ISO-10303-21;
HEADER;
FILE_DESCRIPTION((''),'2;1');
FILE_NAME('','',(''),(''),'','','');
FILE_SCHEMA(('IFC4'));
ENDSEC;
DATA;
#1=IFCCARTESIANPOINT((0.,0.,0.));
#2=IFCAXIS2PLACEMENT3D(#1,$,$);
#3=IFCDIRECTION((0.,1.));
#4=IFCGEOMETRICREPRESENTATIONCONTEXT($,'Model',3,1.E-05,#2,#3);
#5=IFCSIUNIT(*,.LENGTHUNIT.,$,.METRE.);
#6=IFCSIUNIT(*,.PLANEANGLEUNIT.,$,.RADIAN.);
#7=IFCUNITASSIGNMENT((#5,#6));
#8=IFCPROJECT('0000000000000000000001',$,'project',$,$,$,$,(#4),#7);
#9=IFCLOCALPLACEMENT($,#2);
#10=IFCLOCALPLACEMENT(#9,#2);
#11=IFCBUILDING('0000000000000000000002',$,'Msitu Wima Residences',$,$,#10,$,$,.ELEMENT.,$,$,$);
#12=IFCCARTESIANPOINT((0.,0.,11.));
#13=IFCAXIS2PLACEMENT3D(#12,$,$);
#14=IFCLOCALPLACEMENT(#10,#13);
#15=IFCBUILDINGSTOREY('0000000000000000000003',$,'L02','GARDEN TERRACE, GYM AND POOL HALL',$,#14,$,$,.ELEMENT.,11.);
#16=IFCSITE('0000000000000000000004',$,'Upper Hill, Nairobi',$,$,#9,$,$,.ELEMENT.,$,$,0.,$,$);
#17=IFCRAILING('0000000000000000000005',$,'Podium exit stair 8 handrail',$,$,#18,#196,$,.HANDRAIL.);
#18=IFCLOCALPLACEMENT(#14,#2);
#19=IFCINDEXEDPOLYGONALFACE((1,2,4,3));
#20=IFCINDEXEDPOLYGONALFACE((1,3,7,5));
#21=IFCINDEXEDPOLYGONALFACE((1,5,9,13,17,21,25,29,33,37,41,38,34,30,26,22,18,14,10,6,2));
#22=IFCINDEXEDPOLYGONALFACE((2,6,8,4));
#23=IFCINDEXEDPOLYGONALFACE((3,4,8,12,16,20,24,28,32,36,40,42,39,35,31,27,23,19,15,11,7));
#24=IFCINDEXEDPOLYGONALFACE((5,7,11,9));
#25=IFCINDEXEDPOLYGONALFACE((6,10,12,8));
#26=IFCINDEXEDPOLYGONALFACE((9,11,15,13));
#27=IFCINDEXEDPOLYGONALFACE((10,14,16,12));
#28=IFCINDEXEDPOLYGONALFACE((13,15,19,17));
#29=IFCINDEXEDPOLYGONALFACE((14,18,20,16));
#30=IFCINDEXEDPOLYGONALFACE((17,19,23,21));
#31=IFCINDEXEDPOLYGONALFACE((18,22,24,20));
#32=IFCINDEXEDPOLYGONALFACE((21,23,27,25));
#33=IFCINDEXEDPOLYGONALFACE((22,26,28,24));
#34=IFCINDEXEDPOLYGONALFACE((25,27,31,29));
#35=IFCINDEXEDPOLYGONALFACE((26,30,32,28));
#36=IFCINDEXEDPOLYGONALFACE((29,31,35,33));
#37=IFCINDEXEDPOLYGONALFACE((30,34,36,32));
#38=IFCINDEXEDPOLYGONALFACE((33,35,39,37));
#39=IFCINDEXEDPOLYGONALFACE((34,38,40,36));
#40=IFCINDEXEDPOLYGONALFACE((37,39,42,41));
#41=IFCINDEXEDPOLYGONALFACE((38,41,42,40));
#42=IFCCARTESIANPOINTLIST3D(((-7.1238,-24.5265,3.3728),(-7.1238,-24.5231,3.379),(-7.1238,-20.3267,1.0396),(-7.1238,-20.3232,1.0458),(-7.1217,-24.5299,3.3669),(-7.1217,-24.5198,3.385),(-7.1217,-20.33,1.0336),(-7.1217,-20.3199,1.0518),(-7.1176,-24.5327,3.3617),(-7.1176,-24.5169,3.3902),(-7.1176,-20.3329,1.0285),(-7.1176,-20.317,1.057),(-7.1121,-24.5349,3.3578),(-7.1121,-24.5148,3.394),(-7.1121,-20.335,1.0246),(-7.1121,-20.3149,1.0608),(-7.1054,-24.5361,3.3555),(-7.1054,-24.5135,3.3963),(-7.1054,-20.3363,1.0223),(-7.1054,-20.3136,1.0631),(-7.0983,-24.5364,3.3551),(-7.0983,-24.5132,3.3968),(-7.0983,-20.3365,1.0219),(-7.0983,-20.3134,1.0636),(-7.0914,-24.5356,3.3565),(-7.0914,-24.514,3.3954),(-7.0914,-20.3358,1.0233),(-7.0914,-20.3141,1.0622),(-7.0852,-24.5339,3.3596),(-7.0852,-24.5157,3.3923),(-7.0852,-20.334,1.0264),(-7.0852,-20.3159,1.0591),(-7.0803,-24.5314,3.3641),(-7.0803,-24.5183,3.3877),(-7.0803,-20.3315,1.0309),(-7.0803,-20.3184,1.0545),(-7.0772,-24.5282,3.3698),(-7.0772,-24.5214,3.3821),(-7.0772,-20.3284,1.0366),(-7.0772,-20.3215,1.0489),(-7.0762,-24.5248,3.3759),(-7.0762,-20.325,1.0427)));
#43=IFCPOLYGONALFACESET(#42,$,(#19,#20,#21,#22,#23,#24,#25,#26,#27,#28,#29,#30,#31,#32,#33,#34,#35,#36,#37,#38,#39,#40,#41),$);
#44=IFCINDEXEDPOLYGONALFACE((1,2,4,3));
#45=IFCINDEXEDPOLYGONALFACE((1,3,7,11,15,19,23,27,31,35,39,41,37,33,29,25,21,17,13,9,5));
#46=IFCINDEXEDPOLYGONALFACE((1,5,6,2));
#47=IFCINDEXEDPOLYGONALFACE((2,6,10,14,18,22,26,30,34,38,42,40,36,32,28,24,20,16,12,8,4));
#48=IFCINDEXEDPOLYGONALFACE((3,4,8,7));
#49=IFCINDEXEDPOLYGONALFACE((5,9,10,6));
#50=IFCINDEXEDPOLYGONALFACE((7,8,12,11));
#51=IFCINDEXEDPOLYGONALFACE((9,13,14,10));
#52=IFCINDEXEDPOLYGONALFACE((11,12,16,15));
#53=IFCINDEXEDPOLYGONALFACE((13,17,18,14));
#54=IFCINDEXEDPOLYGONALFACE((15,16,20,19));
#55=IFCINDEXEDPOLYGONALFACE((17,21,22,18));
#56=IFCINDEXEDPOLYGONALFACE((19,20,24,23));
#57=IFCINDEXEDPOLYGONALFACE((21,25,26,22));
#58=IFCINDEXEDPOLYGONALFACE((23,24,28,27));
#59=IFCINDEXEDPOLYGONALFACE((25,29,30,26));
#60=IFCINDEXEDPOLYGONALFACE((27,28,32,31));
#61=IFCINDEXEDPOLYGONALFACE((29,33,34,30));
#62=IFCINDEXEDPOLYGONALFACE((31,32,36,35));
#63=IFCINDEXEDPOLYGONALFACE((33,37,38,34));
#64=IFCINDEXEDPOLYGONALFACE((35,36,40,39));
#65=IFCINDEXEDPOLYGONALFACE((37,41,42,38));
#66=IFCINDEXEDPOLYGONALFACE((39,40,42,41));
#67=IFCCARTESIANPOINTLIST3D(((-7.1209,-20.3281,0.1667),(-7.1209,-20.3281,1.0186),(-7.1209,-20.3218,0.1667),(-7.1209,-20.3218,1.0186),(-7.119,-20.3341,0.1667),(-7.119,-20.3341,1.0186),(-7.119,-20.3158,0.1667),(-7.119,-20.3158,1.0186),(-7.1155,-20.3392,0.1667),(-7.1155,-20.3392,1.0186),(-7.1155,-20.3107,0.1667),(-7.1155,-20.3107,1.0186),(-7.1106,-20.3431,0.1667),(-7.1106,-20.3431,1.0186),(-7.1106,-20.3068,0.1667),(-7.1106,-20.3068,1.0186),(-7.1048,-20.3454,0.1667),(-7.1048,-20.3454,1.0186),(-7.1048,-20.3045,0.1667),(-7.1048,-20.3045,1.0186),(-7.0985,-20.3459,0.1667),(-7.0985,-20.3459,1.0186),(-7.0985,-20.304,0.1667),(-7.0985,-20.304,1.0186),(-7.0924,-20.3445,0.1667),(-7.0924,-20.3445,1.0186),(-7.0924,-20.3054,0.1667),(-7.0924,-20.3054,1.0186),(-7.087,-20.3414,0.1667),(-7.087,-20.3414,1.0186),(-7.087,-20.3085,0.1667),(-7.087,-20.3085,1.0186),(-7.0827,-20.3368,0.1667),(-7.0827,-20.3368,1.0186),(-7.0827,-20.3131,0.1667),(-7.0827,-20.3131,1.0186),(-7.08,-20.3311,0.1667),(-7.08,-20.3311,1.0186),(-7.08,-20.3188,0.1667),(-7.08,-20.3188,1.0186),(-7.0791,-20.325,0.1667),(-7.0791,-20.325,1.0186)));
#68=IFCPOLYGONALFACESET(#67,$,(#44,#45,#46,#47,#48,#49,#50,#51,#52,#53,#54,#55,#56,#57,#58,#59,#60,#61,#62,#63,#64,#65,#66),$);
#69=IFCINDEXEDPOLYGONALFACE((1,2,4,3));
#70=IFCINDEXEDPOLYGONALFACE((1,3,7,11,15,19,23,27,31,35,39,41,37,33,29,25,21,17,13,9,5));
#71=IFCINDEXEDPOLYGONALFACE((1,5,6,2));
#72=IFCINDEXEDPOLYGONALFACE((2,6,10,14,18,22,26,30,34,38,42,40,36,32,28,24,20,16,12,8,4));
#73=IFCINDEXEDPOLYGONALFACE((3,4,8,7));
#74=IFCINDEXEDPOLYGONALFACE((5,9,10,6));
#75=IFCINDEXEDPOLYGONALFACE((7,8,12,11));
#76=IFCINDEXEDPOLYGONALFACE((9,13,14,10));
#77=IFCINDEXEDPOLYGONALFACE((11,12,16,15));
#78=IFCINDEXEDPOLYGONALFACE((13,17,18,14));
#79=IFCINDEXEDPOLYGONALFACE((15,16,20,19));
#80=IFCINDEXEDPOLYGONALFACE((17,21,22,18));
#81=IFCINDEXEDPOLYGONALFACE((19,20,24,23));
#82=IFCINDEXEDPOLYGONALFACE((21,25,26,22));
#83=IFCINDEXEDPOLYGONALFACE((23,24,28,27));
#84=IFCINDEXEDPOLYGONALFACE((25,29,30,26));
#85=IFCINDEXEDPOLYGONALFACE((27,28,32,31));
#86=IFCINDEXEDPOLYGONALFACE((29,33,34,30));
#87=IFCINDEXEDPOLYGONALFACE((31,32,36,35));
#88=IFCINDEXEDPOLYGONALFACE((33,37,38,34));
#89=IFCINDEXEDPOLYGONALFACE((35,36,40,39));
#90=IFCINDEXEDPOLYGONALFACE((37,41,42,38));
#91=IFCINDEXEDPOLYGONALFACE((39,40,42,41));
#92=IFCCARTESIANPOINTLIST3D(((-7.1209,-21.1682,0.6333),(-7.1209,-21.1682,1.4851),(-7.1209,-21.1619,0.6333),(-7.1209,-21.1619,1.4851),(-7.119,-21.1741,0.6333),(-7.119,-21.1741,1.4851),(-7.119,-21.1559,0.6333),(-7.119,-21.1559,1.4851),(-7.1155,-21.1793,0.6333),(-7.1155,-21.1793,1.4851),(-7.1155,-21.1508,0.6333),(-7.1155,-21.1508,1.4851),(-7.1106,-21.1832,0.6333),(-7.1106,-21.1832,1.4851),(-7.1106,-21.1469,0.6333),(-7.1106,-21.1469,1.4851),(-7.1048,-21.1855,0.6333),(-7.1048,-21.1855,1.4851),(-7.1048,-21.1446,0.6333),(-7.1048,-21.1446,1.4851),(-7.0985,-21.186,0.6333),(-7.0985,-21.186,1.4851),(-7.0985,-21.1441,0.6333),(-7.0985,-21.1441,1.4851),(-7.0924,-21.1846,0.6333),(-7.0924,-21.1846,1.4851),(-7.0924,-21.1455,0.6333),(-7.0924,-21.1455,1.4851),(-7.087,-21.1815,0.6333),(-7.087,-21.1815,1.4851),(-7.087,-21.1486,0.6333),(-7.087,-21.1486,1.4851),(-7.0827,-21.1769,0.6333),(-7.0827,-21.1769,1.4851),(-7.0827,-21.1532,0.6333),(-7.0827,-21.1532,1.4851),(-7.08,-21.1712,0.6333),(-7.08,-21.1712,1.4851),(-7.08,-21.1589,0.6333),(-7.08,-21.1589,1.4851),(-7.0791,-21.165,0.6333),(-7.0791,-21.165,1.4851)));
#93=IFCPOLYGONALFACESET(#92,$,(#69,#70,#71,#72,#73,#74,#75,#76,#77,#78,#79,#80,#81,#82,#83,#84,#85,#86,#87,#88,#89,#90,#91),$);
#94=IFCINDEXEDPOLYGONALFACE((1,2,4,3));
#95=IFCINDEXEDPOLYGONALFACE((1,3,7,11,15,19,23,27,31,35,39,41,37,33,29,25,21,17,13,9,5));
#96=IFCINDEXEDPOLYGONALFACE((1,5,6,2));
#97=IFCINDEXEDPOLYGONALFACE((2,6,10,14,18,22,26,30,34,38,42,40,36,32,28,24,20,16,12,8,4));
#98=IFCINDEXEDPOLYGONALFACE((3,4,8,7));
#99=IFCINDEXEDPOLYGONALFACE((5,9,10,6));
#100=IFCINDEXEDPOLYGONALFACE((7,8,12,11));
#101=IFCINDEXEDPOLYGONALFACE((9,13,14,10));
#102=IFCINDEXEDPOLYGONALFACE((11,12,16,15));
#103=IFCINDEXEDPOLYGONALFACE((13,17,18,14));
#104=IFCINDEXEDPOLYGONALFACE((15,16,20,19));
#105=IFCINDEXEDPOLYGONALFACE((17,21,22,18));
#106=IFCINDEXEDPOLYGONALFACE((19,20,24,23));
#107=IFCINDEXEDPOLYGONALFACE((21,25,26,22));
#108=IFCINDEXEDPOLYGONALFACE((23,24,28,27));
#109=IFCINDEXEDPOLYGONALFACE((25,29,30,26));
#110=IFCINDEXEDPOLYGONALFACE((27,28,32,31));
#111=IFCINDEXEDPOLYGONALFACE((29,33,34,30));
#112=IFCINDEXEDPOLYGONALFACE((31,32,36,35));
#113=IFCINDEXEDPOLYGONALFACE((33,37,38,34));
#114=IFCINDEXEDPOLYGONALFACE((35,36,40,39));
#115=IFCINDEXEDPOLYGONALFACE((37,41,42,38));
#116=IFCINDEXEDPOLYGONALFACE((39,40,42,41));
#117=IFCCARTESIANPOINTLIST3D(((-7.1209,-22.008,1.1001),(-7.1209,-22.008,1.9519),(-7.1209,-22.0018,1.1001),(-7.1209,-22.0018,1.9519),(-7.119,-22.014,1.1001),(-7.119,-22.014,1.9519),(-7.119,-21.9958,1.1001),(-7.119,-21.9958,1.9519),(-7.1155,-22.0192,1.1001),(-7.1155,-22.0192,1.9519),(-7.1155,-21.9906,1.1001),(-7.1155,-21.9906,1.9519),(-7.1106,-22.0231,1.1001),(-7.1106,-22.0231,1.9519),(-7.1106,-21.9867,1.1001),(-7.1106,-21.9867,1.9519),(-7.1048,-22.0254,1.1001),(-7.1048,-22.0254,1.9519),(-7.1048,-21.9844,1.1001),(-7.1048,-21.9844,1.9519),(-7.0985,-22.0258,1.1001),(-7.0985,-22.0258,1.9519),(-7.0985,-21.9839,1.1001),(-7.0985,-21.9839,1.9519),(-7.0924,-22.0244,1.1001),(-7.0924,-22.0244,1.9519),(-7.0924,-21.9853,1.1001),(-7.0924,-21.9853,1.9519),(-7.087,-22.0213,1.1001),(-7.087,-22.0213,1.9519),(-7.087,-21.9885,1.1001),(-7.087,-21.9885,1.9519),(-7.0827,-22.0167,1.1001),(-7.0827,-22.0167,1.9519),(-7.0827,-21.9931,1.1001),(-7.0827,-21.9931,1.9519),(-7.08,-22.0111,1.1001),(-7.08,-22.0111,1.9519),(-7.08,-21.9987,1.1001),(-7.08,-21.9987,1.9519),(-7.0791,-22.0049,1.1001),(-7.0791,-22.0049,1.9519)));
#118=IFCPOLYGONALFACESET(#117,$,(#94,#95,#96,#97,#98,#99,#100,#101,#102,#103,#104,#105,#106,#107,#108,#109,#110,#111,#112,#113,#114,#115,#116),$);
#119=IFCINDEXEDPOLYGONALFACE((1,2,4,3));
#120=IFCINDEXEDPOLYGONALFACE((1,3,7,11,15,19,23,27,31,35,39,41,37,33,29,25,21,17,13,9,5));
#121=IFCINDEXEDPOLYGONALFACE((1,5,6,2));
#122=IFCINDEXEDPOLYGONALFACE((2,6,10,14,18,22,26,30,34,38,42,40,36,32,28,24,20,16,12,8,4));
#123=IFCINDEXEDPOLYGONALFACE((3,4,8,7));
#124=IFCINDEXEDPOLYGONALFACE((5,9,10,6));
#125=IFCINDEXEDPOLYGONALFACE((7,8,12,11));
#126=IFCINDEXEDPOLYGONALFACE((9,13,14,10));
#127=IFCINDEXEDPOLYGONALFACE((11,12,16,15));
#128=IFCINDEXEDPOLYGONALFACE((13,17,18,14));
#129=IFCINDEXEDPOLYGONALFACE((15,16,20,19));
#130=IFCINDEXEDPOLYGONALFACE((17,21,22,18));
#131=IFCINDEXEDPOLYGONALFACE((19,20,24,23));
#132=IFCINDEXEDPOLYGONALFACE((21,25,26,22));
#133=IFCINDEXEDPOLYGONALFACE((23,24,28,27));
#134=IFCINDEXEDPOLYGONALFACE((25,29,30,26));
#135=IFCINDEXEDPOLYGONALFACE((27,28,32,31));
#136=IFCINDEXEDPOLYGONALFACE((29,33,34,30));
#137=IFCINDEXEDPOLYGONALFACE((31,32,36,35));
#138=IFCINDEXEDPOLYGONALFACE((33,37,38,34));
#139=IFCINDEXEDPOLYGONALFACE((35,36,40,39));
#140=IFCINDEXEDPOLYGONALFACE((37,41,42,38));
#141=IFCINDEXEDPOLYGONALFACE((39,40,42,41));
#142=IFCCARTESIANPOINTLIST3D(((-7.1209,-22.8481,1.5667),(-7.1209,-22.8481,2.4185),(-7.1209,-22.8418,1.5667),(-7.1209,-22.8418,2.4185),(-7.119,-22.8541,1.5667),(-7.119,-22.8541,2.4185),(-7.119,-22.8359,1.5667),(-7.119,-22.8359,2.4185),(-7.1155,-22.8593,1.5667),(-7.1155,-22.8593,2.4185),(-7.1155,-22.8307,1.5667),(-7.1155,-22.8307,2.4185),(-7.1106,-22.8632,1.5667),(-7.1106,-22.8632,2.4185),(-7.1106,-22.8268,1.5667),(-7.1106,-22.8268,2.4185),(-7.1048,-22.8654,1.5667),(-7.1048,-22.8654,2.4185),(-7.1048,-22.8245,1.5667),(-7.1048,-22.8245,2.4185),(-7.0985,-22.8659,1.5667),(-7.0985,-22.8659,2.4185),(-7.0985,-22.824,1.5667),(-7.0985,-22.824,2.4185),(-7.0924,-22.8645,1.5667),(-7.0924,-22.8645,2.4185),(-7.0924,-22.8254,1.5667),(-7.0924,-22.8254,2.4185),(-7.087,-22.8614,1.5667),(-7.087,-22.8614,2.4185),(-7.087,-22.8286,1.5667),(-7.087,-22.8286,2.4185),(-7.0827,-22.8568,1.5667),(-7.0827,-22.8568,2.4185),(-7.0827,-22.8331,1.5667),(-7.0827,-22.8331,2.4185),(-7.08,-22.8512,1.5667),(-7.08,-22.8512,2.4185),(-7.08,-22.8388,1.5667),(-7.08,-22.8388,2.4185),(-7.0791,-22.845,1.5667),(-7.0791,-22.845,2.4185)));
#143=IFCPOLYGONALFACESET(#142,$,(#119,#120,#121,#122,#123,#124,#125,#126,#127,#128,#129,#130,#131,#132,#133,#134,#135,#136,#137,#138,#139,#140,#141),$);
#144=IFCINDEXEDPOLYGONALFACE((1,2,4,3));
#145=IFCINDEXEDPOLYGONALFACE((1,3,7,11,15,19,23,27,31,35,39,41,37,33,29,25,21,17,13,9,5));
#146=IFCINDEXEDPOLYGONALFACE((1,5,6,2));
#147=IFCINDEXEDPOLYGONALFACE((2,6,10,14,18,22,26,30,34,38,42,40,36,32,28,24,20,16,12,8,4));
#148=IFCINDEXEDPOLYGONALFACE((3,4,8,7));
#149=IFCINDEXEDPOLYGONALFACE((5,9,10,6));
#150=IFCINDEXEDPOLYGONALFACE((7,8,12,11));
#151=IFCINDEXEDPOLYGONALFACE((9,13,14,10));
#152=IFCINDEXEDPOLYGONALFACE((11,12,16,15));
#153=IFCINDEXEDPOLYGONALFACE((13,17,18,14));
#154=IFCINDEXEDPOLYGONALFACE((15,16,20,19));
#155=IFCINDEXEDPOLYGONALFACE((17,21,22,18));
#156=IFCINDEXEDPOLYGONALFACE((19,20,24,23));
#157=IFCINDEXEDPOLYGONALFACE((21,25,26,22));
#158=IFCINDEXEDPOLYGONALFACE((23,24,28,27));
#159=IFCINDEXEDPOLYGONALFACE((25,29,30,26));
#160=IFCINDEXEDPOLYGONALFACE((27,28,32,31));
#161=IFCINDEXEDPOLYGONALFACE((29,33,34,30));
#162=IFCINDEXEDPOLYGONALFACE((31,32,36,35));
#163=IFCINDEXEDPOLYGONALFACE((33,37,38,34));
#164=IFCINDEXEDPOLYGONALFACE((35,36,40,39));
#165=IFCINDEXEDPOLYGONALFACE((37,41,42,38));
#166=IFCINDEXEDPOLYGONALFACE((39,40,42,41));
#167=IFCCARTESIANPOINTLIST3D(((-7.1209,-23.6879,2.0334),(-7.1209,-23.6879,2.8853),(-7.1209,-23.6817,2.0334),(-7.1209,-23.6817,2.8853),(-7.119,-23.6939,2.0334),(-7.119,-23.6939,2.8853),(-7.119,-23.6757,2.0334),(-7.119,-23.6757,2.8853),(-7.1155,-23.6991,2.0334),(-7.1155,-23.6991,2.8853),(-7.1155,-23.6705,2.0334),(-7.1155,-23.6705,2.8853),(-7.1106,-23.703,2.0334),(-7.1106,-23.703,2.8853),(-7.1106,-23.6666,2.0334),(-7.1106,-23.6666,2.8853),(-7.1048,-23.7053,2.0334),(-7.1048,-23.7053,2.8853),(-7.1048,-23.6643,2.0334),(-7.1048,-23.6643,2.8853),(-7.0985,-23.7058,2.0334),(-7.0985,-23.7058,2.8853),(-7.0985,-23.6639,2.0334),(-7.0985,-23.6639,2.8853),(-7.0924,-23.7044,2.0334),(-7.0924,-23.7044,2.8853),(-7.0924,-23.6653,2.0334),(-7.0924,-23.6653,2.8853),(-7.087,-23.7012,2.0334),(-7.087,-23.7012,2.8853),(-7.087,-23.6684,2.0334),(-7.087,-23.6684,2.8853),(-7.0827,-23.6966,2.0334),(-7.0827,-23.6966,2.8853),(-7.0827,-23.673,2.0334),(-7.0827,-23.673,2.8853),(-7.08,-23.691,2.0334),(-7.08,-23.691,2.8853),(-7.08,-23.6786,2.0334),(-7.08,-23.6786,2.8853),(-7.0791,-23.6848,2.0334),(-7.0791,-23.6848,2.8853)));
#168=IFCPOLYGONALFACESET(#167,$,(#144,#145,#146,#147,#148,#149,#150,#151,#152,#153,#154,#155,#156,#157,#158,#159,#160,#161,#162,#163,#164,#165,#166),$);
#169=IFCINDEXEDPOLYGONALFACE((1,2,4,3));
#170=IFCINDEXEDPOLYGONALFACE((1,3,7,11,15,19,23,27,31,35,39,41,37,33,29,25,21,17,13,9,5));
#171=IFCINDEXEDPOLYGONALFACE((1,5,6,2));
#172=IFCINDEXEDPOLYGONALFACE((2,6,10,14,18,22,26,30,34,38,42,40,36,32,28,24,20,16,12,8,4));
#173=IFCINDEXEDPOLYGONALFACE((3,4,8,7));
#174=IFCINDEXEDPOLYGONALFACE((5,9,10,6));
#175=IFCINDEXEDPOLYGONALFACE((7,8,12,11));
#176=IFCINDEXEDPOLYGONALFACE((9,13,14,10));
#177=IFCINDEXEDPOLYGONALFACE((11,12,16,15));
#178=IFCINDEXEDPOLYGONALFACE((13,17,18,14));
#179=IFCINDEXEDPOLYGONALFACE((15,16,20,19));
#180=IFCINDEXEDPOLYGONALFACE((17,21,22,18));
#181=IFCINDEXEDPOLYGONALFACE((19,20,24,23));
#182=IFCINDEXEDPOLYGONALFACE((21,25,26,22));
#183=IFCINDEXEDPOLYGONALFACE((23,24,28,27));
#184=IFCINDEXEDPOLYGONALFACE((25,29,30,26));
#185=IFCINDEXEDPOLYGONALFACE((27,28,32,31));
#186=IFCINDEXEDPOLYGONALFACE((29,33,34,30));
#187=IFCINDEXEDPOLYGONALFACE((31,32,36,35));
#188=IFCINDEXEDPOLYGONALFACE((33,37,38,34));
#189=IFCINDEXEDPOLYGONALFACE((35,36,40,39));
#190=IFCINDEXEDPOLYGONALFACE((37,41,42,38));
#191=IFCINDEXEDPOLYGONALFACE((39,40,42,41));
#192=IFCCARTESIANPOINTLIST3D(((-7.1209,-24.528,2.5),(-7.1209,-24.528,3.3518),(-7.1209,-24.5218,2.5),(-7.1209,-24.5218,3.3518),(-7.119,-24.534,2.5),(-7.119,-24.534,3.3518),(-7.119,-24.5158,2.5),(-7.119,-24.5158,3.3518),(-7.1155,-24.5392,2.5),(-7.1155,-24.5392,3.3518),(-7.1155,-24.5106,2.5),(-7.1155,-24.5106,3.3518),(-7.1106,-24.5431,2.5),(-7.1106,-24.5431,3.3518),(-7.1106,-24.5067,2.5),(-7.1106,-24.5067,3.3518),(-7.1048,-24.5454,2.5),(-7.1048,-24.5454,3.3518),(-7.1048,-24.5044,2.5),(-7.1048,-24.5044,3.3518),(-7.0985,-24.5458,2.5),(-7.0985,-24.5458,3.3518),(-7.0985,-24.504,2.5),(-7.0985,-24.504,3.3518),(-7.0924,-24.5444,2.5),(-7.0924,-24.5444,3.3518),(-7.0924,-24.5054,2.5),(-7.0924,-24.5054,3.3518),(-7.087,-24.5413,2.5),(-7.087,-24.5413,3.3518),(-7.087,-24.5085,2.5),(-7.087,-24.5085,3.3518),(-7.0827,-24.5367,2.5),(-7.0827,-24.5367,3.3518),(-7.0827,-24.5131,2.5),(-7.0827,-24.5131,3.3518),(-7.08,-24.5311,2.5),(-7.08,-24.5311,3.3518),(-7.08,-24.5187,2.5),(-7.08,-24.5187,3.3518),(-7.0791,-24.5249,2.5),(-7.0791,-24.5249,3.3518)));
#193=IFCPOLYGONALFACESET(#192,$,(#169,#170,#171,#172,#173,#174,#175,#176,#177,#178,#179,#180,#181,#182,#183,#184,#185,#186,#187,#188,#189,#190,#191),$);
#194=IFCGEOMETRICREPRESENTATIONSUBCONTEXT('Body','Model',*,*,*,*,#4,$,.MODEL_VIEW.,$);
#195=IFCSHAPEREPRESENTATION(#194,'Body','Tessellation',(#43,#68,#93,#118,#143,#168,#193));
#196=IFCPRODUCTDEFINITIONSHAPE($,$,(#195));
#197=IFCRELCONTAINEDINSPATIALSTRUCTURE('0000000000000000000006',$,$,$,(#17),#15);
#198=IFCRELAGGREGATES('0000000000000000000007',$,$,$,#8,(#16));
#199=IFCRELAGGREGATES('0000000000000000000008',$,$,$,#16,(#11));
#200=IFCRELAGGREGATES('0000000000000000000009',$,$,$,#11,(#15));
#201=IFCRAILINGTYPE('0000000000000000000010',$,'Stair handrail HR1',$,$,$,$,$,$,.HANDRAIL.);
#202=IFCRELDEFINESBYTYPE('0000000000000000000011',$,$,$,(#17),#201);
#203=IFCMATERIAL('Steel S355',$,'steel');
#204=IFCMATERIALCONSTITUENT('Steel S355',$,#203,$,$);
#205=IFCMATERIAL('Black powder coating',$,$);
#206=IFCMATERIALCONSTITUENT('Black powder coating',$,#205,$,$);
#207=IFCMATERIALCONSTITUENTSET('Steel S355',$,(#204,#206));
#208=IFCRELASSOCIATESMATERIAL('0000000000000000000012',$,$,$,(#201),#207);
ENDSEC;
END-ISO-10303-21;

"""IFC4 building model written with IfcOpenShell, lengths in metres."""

from ifc_helpers import new_model, si_unit, direction, frame, origin, origin_2d, place, context, subcontext, project, spatial, circle, extrude, material, constituent, constituent_set, type_object, element, save


model = new_model("IFC4")

# Units and contexts
model_context = context("Model", 3, precision=1e-05, world=origin(), true_north=direction((0.0, 1.0)))
body_context = subcontext(model_context, "Body", "Model", "MODEL_VIEW")
ifc_project = project(units=[si_unit("LENGTHUNIT", "METRE"), si_unit("PLANEANGLEUNIT", "RADIAN")], contexts=[model_context])

# Site, building, storey
site_placement = place(None, origin())
site = spatial("IfcSite", under=ifc_project, at=site_placement, Name="Upper Hill, Nairobi", CompositionType="ELEMENT", RefElevation=0.0)
building_placement = place(site_placement, origin())
building = spatial("IfcBuilding", under=site, at=building_placement, Name="Msitu Wima Residences", CompositionType="ELEMENT")
storey_placement = place(building_placement, frame((0.0, 0.0, 11.0)))
storey = spatial("IfcBuildingStorey", under=building, at=storey_placement, Name="L02", Description="GARDEN TERRACE, GYM AND POOL HALL", CompositionType="ELEMENT", Elevation=11.0)

# Railing
ifc_material_1 = material(Name="Steel S355", Category="steel")
ifc_constituent_1 = constituent(ifc_material_1, Name="Steel S355")
ifc_material_2 = material(Name="Black powder coating")
ifc_constituent_2 = constituent(ifc_material_2, Name="Black powder coating")
ifc_constituent_set = constituent_set(constituents=[ifc_constituent_1, ifc_constituent_2], Name="Steel S355")
railing_type = type_object("IfcRailingType", Name="Stair handrail HR1", PredefinedType="HANDRAIL", material=ifc_constituent_set)
for number, where, name in (
    (1, (-7.1001, -20.325, 0.1667), "Podium exit stair 8 handrail"),
):
    element("IfcRailing", number, at=place(storey_placement, frame(where)), inside=storey, type_object=railing_type, Name=name, PredefinedType="HANDRAIL", context=body_context, shape_type="SweptSolid", body=[
        extrude(circle(Radius=0.0239, at=origin_2d()), frame((0.0, 0.0, 0.876), z_axis=(0.0, -0.874162, 0.485634), x_axis=(1.0, 0.0, 0.0)), (0.0, 0.0, 1.0), 4.8044),
        extrude(circle(Radius=0.021, at=origin_2d()), origin(), (0.0, 0.0, 1.0), 0.8518),
        extrude(circle(Radius=0.021, at=origin_2d()), frame((0.0, -0.8401, 0.4666)), (0.0, 0.0, 1.0), 0.8518),
        extrude(circle(Radius=0.021, at=origin_2d()), frame((0.0, -1.6799, 0.9333)), (0.0, 0.0, 1.0), 0.8518),
        extrude(circle(Radius=0.021, at=origin_2d()), frame((0.0, -2.52, 1.3999)), (0.0, 0.0, 1.0), 0.8518),
        extrude(circle(Radius=0.021, at=origin_2d()), frame((0.0, -3.3599, 1.8667)), (0.0, 0.0, 1.0), 0.8518),
        extrude(circle(Radius=0.021, at=origin_2d()), frame((0.0, -4.2, 2.3333)), (0.0, 0.0, 1.0), 0.8518),
    ])

save(model, "model.ifc")
